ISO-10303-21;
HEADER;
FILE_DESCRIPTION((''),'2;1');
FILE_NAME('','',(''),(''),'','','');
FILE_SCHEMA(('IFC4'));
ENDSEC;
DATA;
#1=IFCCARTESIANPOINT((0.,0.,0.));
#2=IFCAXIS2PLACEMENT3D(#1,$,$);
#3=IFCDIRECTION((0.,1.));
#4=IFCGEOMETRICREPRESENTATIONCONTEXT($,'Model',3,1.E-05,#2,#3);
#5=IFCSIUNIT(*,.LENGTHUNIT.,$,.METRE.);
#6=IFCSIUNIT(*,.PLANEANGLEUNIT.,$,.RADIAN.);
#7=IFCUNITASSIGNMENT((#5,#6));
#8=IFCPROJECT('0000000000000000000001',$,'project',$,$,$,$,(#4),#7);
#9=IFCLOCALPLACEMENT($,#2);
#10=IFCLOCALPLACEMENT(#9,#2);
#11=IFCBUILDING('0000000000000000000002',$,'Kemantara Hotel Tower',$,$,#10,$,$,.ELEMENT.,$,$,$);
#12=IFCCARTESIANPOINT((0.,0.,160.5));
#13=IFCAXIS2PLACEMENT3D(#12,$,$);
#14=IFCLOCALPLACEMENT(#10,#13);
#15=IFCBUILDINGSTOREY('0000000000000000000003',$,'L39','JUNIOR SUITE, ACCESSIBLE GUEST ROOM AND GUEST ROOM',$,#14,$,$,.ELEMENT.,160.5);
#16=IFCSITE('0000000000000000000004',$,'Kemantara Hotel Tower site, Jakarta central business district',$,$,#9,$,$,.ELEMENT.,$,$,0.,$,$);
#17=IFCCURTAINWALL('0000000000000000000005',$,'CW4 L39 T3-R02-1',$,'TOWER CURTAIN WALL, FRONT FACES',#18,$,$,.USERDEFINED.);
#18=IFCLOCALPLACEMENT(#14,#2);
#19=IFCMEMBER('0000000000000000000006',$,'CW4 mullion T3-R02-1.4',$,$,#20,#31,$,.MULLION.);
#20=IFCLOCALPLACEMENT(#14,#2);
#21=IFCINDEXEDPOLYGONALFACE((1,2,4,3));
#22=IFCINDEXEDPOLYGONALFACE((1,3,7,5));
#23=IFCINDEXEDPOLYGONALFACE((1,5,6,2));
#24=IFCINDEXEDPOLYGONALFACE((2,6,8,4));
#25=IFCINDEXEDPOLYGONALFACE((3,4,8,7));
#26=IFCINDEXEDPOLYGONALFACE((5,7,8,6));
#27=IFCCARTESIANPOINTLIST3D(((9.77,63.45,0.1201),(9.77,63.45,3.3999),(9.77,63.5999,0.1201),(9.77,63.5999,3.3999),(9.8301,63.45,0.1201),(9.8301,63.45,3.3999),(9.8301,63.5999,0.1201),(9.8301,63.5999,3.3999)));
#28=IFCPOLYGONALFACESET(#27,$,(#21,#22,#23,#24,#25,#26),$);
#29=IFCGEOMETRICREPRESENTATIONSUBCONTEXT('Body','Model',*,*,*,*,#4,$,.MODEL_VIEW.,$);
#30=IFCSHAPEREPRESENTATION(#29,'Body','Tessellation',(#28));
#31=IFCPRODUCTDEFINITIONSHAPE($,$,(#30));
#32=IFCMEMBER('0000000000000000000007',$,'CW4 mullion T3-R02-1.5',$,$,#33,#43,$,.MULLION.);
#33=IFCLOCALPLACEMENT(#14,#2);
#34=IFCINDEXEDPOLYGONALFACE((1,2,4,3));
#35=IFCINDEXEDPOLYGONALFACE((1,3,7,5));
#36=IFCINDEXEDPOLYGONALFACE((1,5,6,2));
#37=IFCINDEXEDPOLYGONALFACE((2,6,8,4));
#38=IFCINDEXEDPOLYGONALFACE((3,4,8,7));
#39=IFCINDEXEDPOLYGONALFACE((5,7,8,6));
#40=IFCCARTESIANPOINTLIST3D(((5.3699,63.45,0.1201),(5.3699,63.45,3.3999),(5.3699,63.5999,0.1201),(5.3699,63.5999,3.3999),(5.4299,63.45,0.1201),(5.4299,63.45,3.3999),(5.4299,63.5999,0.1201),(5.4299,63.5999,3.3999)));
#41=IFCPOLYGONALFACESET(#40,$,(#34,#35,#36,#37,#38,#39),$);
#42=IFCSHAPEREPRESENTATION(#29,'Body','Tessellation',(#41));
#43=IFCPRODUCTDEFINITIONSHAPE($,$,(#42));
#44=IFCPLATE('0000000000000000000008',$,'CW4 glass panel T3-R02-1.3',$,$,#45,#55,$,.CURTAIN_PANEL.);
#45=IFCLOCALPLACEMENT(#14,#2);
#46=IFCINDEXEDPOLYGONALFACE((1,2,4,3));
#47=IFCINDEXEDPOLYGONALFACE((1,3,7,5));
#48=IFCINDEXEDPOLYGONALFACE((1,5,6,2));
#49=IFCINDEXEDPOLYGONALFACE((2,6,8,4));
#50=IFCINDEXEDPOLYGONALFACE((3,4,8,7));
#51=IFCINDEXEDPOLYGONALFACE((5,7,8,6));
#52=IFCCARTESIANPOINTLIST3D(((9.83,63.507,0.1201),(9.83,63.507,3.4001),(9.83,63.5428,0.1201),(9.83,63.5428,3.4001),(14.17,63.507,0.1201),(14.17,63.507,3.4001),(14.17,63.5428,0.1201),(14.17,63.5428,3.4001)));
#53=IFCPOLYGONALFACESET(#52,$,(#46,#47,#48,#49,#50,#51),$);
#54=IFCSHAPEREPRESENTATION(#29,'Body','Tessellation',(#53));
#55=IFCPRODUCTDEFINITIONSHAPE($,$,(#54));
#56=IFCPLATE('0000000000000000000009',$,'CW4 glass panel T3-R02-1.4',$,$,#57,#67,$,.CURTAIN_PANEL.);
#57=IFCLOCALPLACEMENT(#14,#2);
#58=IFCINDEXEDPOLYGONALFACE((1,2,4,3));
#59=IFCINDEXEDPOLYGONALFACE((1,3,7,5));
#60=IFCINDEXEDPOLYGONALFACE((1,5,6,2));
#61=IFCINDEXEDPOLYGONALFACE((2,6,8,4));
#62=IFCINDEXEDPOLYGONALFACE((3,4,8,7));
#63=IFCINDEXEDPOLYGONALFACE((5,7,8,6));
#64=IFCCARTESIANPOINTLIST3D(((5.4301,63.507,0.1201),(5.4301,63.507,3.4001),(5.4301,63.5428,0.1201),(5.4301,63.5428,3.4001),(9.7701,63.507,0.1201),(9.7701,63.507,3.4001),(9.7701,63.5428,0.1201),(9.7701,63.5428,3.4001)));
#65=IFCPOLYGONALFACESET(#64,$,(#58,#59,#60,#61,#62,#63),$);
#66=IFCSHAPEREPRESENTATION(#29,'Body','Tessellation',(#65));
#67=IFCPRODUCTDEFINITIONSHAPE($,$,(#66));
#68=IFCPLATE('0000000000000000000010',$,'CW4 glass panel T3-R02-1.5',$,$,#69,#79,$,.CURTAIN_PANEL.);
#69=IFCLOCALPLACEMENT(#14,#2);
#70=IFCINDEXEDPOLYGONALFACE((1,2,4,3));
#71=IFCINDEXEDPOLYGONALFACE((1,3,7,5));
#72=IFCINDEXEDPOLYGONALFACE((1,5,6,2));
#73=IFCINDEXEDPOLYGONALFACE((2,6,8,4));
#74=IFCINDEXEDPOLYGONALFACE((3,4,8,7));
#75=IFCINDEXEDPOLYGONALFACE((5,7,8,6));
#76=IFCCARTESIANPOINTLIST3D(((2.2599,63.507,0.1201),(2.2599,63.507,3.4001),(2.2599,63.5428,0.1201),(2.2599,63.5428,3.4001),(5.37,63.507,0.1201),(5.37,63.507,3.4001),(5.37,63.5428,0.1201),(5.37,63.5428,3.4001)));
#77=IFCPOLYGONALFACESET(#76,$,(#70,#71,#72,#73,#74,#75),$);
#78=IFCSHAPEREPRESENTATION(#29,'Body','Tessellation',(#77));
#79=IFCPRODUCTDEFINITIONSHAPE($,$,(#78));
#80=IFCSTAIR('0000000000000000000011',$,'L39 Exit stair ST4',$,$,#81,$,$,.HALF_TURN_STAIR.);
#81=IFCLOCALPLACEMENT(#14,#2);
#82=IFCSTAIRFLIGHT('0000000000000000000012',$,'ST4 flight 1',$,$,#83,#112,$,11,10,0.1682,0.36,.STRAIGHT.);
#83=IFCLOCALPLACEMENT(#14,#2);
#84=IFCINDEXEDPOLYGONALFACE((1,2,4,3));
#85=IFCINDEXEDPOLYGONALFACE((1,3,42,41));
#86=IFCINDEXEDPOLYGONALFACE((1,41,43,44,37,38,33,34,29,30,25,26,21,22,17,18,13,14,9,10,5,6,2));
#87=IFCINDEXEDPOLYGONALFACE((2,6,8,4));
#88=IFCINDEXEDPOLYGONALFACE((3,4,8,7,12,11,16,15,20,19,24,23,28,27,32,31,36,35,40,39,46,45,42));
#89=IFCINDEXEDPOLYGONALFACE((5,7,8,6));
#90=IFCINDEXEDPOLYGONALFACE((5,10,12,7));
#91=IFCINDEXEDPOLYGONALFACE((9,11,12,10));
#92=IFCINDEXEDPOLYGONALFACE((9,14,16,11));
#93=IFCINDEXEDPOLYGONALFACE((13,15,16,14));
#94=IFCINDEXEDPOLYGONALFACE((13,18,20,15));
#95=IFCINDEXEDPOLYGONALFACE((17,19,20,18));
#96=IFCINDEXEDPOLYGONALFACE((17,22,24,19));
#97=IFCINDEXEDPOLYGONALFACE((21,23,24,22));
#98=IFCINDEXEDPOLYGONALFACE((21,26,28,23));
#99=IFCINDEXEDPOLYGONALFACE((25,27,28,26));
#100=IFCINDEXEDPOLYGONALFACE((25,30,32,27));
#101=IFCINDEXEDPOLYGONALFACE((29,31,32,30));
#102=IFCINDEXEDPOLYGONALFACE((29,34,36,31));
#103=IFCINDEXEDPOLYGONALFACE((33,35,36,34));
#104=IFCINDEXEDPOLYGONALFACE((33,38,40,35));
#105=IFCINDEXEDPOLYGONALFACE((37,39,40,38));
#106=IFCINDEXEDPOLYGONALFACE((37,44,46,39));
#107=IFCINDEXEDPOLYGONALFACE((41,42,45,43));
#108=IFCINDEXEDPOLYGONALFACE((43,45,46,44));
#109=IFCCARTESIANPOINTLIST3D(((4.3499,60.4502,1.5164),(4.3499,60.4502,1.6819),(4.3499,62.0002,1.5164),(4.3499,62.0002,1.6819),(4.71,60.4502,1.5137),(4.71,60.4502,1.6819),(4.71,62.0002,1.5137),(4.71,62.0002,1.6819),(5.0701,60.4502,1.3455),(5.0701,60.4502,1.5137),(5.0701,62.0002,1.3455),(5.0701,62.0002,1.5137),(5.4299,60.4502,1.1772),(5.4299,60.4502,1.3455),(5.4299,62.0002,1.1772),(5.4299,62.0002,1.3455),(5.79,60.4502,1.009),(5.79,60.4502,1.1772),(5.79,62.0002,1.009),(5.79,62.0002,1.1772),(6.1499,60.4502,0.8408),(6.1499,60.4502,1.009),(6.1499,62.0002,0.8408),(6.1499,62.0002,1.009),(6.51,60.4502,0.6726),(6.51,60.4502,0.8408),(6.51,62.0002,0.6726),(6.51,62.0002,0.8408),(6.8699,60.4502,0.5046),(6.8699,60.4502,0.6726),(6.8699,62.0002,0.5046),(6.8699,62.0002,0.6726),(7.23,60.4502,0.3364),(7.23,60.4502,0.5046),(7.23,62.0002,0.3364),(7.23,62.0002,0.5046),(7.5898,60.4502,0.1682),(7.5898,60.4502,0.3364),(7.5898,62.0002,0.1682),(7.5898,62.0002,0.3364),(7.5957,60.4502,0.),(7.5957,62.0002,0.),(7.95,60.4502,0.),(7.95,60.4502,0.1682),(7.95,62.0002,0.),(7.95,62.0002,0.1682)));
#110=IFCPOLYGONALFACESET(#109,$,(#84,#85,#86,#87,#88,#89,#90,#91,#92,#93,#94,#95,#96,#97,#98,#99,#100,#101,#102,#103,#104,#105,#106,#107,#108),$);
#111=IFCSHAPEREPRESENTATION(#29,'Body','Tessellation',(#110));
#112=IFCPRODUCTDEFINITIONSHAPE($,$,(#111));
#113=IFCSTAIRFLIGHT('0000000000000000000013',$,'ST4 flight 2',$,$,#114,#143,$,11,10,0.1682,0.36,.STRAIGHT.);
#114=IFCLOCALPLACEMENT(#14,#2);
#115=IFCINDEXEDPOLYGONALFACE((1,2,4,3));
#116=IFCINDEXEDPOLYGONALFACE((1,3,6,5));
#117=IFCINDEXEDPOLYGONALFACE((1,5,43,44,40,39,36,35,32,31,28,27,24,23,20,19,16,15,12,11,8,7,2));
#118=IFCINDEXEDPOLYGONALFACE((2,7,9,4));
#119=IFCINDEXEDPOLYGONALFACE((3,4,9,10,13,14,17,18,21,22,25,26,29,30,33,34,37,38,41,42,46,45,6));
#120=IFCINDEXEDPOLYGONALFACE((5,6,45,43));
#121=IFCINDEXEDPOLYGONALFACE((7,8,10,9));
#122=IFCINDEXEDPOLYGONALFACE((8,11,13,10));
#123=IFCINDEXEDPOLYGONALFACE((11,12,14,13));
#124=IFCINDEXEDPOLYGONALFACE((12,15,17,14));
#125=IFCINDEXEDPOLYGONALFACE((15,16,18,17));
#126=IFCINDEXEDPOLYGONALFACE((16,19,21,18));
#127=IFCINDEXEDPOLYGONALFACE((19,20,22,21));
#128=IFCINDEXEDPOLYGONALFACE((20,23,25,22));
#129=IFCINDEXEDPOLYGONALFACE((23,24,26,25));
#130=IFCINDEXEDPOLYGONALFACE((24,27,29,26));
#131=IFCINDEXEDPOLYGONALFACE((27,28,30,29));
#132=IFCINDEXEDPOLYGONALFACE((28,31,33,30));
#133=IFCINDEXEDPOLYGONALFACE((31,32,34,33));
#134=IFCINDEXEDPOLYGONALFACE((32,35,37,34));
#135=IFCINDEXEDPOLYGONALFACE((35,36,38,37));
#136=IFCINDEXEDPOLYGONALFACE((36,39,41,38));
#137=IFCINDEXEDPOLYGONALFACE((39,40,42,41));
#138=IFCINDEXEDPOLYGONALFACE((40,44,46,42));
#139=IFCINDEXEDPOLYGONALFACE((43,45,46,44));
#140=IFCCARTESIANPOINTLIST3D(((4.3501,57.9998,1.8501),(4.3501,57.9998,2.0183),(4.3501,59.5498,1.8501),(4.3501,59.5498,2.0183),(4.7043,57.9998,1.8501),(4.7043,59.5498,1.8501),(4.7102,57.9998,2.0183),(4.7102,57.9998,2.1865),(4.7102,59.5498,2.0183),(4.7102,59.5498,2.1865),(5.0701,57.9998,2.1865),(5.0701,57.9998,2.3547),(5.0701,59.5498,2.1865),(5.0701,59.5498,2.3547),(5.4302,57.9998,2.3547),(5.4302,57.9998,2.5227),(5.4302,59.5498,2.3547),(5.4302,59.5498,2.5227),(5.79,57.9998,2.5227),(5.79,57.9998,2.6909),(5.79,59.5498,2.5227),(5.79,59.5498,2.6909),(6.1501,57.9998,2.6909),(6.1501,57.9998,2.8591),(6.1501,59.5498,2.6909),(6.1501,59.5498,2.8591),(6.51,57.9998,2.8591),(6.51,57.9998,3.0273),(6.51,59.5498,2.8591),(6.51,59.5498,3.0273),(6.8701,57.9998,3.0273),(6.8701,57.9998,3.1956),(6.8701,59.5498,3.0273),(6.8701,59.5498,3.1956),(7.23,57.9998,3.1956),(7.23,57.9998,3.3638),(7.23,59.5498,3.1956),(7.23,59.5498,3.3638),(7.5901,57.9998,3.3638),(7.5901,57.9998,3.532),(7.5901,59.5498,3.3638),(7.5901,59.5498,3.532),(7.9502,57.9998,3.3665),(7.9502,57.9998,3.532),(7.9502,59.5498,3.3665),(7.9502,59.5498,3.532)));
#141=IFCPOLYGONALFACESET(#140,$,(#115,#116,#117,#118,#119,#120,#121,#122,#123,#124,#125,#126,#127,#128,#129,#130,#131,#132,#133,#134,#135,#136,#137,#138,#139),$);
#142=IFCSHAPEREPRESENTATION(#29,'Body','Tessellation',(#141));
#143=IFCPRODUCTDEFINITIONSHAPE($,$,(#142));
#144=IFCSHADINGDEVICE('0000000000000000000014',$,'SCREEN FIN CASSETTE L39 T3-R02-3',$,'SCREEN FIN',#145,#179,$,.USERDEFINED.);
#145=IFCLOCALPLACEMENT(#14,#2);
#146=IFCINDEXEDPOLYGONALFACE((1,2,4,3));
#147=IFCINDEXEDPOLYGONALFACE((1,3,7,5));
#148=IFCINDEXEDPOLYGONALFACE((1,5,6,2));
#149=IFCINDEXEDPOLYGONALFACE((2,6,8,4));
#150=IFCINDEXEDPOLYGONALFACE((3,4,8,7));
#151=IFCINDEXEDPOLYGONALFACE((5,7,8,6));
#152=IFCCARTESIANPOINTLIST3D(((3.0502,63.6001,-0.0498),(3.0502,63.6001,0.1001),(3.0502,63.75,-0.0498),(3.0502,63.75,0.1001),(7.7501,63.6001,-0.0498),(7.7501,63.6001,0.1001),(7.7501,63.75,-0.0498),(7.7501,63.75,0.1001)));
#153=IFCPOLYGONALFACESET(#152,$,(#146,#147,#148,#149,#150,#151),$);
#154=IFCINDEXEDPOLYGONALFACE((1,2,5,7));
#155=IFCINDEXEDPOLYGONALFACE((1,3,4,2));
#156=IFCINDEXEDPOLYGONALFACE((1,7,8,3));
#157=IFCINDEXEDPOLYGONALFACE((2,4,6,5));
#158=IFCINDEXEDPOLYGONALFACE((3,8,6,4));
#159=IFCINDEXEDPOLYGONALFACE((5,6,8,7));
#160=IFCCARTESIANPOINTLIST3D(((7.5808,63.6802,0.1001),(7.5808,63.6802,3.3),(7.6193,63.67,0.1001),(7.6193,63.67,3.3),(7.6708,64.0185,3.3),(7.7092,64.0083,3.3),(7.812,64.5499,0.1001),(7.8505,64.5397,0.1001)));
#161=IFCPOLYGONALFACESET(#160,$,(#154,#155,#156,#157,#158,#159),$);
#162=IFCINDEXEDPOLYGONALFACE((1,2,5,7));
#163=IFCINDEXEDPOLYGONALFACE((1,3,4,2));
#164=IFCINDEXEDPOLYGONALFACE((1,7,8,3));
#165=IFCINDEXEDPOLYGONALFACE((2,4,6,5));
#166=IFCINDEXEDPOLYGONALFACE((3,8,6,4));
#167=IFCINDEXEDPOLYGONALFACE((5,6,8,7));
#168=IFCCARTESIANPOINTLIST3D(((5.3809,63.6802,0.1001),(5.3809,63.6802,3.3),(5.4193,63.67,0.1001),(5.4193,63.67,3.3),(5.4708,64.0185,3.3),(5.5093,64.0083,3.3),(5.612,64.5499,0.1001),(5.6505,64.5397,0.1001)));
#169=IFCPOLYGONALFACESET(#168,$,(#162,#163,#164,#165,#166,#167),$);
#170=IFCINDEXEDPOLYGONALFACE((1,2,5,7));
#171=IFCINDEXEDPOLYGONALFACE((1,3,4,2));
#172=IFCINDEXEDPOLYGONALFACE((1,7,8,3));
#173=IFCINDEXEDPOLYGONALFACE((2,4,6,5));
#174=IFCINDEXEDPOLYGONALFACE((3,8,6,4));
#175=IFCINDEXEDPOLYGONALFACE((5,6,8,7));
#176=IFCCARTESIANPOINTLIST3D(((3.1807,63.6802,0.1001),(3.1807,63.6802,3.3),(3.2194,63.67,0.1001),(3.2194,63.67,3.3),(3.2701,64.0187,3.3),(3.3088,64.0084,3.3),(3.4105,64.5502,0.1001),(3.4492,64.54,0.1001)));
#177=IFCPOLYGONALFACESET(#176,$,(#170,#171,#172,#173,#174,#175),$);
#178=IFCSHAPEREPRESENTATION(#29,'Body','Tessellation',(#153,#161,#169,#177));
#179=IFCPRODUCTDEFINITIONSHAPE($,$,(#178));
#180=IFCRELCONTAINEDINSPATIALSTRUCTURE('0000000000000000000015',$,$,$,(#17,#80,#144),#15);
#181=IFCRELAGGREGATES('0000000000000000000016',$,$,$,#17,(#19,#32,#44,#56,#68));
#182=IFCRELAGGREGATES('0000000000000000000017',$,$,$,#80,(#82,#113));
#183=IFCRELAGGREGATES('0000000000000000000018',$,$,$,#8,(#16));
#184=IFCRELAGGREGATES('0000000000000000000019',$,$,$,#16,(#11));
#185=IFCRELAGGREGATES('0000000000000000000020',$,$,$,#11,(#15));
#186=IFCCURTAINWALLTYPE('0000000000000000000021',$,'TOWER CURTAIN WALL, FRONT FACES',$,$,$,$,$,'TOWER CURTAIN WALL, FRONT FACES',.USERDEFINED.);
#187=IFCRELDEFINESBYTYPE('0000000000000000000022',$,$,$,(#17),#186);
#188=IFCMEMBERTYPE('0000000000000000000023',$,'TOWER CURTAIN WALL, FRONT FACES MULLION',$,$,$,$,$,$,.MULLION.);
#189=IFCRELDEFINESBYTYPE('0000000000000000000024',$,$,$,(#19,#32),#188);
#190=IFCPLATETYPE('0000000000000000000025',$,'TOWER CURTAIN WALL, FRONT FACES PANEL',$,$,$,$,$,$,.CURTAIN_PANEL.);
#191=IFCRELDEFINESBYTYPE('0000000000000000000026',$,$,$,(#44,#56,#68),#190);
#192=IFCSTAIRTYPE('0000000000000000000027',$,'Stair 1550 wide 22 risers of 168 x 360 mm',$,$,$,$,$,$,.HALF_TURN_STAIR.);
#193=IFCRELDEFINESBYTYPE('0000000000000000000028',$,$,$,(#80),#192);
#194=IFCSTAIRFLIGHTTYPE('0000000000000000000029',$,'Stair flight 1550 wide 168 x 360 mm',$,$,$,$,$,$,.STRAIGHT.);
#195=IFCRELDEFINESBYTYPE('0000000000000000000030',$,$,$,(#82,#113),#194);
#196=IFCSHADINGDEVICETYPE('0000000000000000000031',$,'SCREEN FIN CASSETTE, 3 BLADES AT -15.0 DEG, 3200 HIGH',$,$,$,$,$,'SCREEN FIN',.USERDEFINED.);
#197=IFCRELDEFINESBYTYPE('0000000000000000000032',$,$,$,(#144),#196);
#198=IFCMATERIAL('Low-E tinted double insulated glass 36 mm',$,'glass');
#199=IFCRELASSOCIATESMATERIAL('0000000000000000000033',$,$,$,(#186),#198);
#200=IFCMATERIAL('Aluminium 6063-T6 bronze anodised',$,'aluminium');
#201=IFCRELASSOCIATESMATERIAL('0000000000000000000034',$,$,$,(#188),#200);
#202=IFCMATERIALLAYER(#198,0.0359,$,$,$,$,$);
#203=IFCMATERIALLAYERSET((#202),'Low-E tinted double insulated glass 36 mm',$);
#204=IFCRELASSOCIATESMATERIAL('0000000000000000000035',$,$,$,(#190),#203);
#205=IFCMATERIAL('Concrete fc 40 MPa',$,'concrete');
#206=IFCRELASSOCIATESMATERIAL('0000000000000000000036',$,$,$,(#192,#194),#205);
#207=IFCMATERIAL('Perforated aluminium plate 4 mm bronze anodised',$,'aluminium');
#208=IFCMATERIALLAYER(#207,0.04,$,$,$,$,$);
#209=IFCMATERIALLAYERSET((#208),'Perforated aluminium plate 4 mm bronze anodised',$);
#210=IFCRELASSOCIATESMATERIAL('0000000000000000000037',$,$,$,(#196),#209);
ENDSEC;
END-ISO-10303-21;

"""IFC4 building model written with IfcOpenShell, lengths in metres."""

from ifc_helpers import new_model, si_unit, direction, frame, origin, origin_2d, place, context, subcontext, project, spatial, polyline, rectangle, outline, extrude, source, transform, mapped, material, layer, layer_set, material_profile, profile_set, type_object, element, aggregate, save


model = new_model("IFC4")

# Units and contexts
model_context = context("Model", 3, precision=1e-05, world=origin(), true_north=direction((0.0, 1.0)))
body_context = subcontext(model_context, "Body", "Model", "MODEL_VIEW")
ifc_project = project(units=[si_unit("LENGTHUNIT", "METRE"), si_unit("PLANEANGLEUNIT", "RADIAN")], contexts=[model_context])

# Site, building, storey
site_placement = place(None, origin())
site = spatial("IfcSite", under=ifc_project, at=site_placement, Name="Kemantara Hotel Tower site, Jakarta central business district", CompositionType="ELEMENT", RefElevation=0.0)
building_placement = place(site_placement, origin())
building = spatial("IfcBuilding", under=site, at=building_placement, Name="Kemantara Hotel Tower", CompositionType="ELEMENT")
storey_placement = place(building_placement, frame((0.0, 0.0, 160.5)))
storey = spatial("IfcBuildingStorey", under=building, at=storey_placement, Name="L39", Description="JUNIOR SUITE, ACCESSIBLE GUEST ROOM AND GUEST ROOM", CompositionType="ELEMENT", Elevation=160.5)

# Curtain wall, members, plates
ifc_material_1 = material(Name="Low-E tinted double insulated glass 36 mm", Category="glass")
curtain_wall_type = type_object("IfcCurtainWallType", Name="TOWER CURTAIN WALL, FRONT FACES", ElementType="TOWER CURTAIN WALL, FRONT FACES", PredefinedType="USERDEFINED", material=ifc_material_1)
curtain_wall_placement = place(storey_placement, origin())
curtain_wall = element("IfcCurtainWall", 1, at=curtain_wall_placement, inside=storey, type_object=curtain_wall_type, Name="CW4 L39 T3-R02-1", ObjectType="TOWER CURTAIN WALL, FRONT FACES", PredefinedType="USERDEFINED")
ifc_material_2 = material(Name="Aluminium 6063-T6 bronze anodised", Category="aluminium")
ifc_material_profile = material_profile(ifc_material_2, rectangle(XDim=0.1499, YDim=0.0601, at=origin_2d()), Name="TOWER CURTAIN WALL, FRONT FACES MULLION")
ifc_profile_set = profile_set([ifc_material_profile], Name="Aluminium 6063-T6 bronze anodised")
member_type = type_object("IfcMemberType", Name="TOWER CURTAIN WALL, FRONT FACES MULLION", PredefinedType="MULLION", material=ifc_profile_set)
shared_shape_1 = source(origin(), body_context, "Body", "SweptSolid", [
    extrude(rectangle(XDim=0.1499, YDim=0.0601, at=origin_2d()), origin(), (0.0, 0.0, 1.0), 3.2798),
])
member_1_placement = place(storey_placement, frame((9.8, 63.5249, 0.1201), z_axis=(0.0, 0.0, 1.0), x_axis=(0.0, -1.0, 0.0)))
member_1 = element("IfcMember", 2, at=member_1_placement, type_object=member_type, Name="CW4 mullion T3-R02-1.4", PredefinedType="MULLION", context=body_context, shape_type="MappedRepresentation", body=[
    mapped(shared_shape_1, transform((0.0, 0.0, 0.0))),
])
member_2_placement = place(storey_placement, frame((5.3999, 63.5249, 0.1201), z_axis=(0.0, 0.0, 1.0), x_axis=(0.0, -1.0, 0.0)))
member_2 = element("IfcMember", 3, at=member_2_placement, type_object=member_type, Name="CW4 mullion T3-R02-1.5", PredefinedType="MULLION", context=body_context, shape_type="MappedRepresentation", body=[
    mapped(shared_shape_1, transform((0.0, 0.0, 0.0))),
])
ifc_layer_1 = layer(ifc_material_1, 0.0359)
ifc_layer_set_1 = layer_set([ifc_layer_1], Name="Low-E tinted double insulated glass 36 mm")
plate_type = type_object("IfcPlateType", Name="TOWER CURTAIN WALL, FRONT FACES PANEL", PredefinedType="CURTAIN_PANEL", material=ifc_layer_set_1)
shared_shape_2 = source(origin(), body_context, "Body", "SweptSolid", [
    extrude(rectangle(XDim=4.3401, YDim=0.0359, at=origin_2d()), origin(), (0.0, 0.0, 1.0), 3.28),
])
plate_1_placement = place(storey_placement, frame((12.0, 63.5249, 0.1201), z_axis=(0.0, 0.0, 1.0), x_axis=(-1.0, 0.0, 0.0)))
plate_1 = element("IfcPlate", 4, at=plate_1_placement, type_object=plate_type, Name="CW4 glass panel T3-R02-1.3", PredefinedType="CURTAIN_PANEL", context=body_context, shape_type="MappedRepresentation", body=[
    mapped(shared_shape_2, transform((0.0, 0.0, 0.0))),
])
plate_2_placement = place(storey_placement, frame((7.6001, 63.5249, 0.1201), z_axis=(0.0, 0.0, 1.0), x_axis=(-1.0, 0.0, 0.0)))
plate_2 = element("IfcPlate", 5, at=plate_2_placement, type_object=plate_type, Name="CW4 glass panel T3-R02-1.4", PredefinedType="CURTAIN_PANEL", context=body_context, shape_type="MappedRepresentation", body=[
    mapped(shared_shape_2, transform((0.0, 0.0, 0.0))),
])
shared_shape_3 = source(origin(), body_context, "Body", "SweptSolid", [
    extrude(rectangle(XDim=3.1101, YDim=0.0359, at=origin_2d()), origin(), (0.0, 0.0, 1.0), 3.28),
])
plate_3_placement = place(storey_placement, frame((3.8149, 63.5249, 0.1201), z_axis=(0.0, 0.0, 1.0), x_axis=(-1.0, 0.0, 0.0)))
plate_3 = element("IfcPlate", 6, at=plate_3_placement, type_object=plate_type, Name="CW4 glass panel T3-R02-1.5", PredefinedType="CURTAIN_PANEL", context=body_context, shape_type="MappedRepresentation", body=[
    mapped(shared_shape_3, transform((0.0, 0.0, 0.0))),
])
aggregate(curtain_wall, [member_1, member_2, plate_1, plate_2, plate_3])

# Stair, stair flights
ifc_material_3 = material(Name="Concrete fc 40 MPa", Category="concrete")
stair_type = type_object("IfcStairType", Name="Stair 1550 wide 22 risers of 168 x 360 mm", PredefinedType="HALF_TURN_STAIR", material=ifc_material_3)
stair_placement = place(storey_placement, origin())
stair = element("IfcStair", 7, at=stair_placement, inside=storey, type_object=stair_type, Name="L39 Exit stair ST4", PredefinedType="HALF_TURN_STAIR")
stair_flight_type = type_object("IfcStairFlightType", Name="Stair flight 1550 wide 168 x 360 mm", PredefinedType="STRAIGHT", material=ifc_material_3)
stair_flight_1_placement = place(storey_placement, frame((7.95, 61.2251, 0.0), z_axis=(0.0, 0.0, 1.0), x_axis=(-1.0, 0.0, 0.0)))
stair_flight_1 = element("IfcStairFlight", 8, at=stair_flight_1_placement, type_object=stair_flight_type, Name="ST4 flight 1", NumberOfRisers=11, NumberOfTreads=10, PredefinedType="STRAIGHT", RiserHeight=0.1682, TreadLength=0.36, context=body_context, shape_type="SweptSolid", body=[
    extrude(outline(polyline([(0.0, 0.0), (0.0, 0.1682), (0.3601, 0.1682), (0.3601, 0.3364), (0.72, 0.3364), (0.72, 0.5046), (1.0801, 0.5046), (1.0801, 0.6726), (1.4399, 0.6726), (1.4399, 0.8408), (1.8, 0.8408), (1.8, 1.009), (2.1599, 1.009), (2.1599, 1.1772), (2.52, 1.1772), (2.52, 1.3455), (2.8799, 1.3455), (2.8799, 1.5137), (3.24, 1.5137), (3.24, 1.6819), (3.6001, 1.6819), (3.6001, 1.8501), (3.6001, 1.5164), (0.3542, 0.0), (0.0, 0.0)])), frame((0.0, 0.7749, 0.0), z_axis=(0.0, -1.0, 0.0), x_axis=(1.0, 0.0, 0.0)), (0.0, 0.0, 1.0), 1.55),
])
stair_flight_2_placement = place(storey_placement, frame((4.3501, 58.7749, 1.8501), z_axis=(0.0, 0.0, 1.0), x_axis=(1.0, 0.0, 0.0)))
stair_flight_2 = element("IfcStairFlight", 9, at=stair_flight_2_placement, type_object=stair_flight_type, Name="ST4 flight 2", NumberOfRisers=11, NumberOfTreads=10, PredefinedType="STRAIGHT", RiserHeight=0.1682, TreadLength=0.36, context=body_context, shape_type="SweptSolid", body=[
    extrude(outline(polyline([(0.0, 0.0), (0.0, 0.1682), (0.3601, 0.1682), (0.3601, 0.3364), (0.72, 0.3364), (0.72, 0.5046), (1.0801, 0.5046), (1.0801, 0.6726), (1.4399, 0.6726), (1.4399, 0.8408), (1.8, 0.8408), (1.8, 1.009), (2.1599, 1.009), (2.1599, 1.1772), (2.52, 1.1772), (2.52, 1.3455), (2.8799, 1.3455), (2.8799, 1.5137), (3.24, 1.5137), (3.24, 1.6819), (3.6001, 1.6819), (3.6001, 1.8501), (3.6001, 1.5164), (0.3542, 0.0), (0.0, 0.0)])), frame((0.0, 0.7749, 0.0), z_axis=(0.0, -1.0, 0.0), x_axis=(1.0, 0.0, 0.0)), (0.0, 0.0, 1.0), 1.55),
])
aggregate(stair, [stair_flight_1, stair_flight_2])

# Shading device
ifc_material_4 = material(Name="Perforated aluminium plate 4 mm bronze anodised", Category="aluminium")
ifc_layer_2 = layer(ifc_material_4, 0.04)
ifc_layer_set_2 = layer_set([ifc_layer_2], Name="Perforated aluminium plate 4 mm bronze anodised")
shading_device_type = type_object("IfcShadingDeviceType", Name="SCREEN FIN CASSETTE, 3 BLADES AT -15.0 DEG, 3200 HIGH", ElementType="SCREEN FIN", PredefinedType="USERDEFINED", material=ifc_layer_set_2)
shared_shape_4 = source(origin(), body_context, "Body", "SweptSolid", [
    extrude(rectangle(XDim=4.7, YDim=0.1499, at=origin_2d()), frame((2.2, -0.075, -0.1499), z_axis=(0.0, 0.0, 1.0), x_axis=(1.0, 0.0, 0.0)), (0.0, 0.0, 1.0), 0.1499),
    extrude(outline(polyline([(0.0, 0.0), (0.8999, 0.0), (0.3501, 3.2), (0.0, 3.2), (0.0, 0.0)])), frame((0.0193, -0.0801, 0.0), z_axis=(-0.966438, 0.256901, 0.0), x_axis=(-0.256901, -0.966438, 0.0)), (0.0, 0.0, 1.0), 0.0398),
    extrude(outline(polyline([(0.0, 0.0), (0.8999, 0.0), (0.3501, 3.2), (0.0, 3.2), (0.0, 0.0)])), frame((2.2192, -0.0801, 0.0), z_axis=(-0.966438, 0.256901, 0.0), x_axis=(-0.256901, -0.966438, 0.0)), (0.0, 0.0, 1.0), 0.0398),
    extrude(outline(polyline([(0.0, 0.0), (0.8999, 0.0), (0.3501, 3.2), (0.0, 3.2), (0.0, 0.0)])), frame((4.4194, -0.0801, 0.0), z_axis=(-0.966838, 0.255391, 0.0), x_axis=(-0.255391, -0.966838, 0.0)), (0.0, 0.0, 1.0), 0.04),
])
shading_device_placement = place(storey_placement, frame((7.6001, 63.6001, 0.1001), z_axis=(0.0, 0.0, 1.0), x_axis=(-1.0, 0.0, 0.0)))
element("IfcShadingDevice", 10, at=shading_device_placement, inside=storey, type_object=shading_device_type, Name="SCREEN FIN CASSETTE L39 T3-R02-3", ObjectType="SCREEN FIN", PredefinedType="USERDEFINED", context=body_context, shape_type="MappedRepresentation", body=[
    mapped(shared_shape_4, transform((0.0, 0.0, 0.0))),
])

save(model, "model.ifc")
